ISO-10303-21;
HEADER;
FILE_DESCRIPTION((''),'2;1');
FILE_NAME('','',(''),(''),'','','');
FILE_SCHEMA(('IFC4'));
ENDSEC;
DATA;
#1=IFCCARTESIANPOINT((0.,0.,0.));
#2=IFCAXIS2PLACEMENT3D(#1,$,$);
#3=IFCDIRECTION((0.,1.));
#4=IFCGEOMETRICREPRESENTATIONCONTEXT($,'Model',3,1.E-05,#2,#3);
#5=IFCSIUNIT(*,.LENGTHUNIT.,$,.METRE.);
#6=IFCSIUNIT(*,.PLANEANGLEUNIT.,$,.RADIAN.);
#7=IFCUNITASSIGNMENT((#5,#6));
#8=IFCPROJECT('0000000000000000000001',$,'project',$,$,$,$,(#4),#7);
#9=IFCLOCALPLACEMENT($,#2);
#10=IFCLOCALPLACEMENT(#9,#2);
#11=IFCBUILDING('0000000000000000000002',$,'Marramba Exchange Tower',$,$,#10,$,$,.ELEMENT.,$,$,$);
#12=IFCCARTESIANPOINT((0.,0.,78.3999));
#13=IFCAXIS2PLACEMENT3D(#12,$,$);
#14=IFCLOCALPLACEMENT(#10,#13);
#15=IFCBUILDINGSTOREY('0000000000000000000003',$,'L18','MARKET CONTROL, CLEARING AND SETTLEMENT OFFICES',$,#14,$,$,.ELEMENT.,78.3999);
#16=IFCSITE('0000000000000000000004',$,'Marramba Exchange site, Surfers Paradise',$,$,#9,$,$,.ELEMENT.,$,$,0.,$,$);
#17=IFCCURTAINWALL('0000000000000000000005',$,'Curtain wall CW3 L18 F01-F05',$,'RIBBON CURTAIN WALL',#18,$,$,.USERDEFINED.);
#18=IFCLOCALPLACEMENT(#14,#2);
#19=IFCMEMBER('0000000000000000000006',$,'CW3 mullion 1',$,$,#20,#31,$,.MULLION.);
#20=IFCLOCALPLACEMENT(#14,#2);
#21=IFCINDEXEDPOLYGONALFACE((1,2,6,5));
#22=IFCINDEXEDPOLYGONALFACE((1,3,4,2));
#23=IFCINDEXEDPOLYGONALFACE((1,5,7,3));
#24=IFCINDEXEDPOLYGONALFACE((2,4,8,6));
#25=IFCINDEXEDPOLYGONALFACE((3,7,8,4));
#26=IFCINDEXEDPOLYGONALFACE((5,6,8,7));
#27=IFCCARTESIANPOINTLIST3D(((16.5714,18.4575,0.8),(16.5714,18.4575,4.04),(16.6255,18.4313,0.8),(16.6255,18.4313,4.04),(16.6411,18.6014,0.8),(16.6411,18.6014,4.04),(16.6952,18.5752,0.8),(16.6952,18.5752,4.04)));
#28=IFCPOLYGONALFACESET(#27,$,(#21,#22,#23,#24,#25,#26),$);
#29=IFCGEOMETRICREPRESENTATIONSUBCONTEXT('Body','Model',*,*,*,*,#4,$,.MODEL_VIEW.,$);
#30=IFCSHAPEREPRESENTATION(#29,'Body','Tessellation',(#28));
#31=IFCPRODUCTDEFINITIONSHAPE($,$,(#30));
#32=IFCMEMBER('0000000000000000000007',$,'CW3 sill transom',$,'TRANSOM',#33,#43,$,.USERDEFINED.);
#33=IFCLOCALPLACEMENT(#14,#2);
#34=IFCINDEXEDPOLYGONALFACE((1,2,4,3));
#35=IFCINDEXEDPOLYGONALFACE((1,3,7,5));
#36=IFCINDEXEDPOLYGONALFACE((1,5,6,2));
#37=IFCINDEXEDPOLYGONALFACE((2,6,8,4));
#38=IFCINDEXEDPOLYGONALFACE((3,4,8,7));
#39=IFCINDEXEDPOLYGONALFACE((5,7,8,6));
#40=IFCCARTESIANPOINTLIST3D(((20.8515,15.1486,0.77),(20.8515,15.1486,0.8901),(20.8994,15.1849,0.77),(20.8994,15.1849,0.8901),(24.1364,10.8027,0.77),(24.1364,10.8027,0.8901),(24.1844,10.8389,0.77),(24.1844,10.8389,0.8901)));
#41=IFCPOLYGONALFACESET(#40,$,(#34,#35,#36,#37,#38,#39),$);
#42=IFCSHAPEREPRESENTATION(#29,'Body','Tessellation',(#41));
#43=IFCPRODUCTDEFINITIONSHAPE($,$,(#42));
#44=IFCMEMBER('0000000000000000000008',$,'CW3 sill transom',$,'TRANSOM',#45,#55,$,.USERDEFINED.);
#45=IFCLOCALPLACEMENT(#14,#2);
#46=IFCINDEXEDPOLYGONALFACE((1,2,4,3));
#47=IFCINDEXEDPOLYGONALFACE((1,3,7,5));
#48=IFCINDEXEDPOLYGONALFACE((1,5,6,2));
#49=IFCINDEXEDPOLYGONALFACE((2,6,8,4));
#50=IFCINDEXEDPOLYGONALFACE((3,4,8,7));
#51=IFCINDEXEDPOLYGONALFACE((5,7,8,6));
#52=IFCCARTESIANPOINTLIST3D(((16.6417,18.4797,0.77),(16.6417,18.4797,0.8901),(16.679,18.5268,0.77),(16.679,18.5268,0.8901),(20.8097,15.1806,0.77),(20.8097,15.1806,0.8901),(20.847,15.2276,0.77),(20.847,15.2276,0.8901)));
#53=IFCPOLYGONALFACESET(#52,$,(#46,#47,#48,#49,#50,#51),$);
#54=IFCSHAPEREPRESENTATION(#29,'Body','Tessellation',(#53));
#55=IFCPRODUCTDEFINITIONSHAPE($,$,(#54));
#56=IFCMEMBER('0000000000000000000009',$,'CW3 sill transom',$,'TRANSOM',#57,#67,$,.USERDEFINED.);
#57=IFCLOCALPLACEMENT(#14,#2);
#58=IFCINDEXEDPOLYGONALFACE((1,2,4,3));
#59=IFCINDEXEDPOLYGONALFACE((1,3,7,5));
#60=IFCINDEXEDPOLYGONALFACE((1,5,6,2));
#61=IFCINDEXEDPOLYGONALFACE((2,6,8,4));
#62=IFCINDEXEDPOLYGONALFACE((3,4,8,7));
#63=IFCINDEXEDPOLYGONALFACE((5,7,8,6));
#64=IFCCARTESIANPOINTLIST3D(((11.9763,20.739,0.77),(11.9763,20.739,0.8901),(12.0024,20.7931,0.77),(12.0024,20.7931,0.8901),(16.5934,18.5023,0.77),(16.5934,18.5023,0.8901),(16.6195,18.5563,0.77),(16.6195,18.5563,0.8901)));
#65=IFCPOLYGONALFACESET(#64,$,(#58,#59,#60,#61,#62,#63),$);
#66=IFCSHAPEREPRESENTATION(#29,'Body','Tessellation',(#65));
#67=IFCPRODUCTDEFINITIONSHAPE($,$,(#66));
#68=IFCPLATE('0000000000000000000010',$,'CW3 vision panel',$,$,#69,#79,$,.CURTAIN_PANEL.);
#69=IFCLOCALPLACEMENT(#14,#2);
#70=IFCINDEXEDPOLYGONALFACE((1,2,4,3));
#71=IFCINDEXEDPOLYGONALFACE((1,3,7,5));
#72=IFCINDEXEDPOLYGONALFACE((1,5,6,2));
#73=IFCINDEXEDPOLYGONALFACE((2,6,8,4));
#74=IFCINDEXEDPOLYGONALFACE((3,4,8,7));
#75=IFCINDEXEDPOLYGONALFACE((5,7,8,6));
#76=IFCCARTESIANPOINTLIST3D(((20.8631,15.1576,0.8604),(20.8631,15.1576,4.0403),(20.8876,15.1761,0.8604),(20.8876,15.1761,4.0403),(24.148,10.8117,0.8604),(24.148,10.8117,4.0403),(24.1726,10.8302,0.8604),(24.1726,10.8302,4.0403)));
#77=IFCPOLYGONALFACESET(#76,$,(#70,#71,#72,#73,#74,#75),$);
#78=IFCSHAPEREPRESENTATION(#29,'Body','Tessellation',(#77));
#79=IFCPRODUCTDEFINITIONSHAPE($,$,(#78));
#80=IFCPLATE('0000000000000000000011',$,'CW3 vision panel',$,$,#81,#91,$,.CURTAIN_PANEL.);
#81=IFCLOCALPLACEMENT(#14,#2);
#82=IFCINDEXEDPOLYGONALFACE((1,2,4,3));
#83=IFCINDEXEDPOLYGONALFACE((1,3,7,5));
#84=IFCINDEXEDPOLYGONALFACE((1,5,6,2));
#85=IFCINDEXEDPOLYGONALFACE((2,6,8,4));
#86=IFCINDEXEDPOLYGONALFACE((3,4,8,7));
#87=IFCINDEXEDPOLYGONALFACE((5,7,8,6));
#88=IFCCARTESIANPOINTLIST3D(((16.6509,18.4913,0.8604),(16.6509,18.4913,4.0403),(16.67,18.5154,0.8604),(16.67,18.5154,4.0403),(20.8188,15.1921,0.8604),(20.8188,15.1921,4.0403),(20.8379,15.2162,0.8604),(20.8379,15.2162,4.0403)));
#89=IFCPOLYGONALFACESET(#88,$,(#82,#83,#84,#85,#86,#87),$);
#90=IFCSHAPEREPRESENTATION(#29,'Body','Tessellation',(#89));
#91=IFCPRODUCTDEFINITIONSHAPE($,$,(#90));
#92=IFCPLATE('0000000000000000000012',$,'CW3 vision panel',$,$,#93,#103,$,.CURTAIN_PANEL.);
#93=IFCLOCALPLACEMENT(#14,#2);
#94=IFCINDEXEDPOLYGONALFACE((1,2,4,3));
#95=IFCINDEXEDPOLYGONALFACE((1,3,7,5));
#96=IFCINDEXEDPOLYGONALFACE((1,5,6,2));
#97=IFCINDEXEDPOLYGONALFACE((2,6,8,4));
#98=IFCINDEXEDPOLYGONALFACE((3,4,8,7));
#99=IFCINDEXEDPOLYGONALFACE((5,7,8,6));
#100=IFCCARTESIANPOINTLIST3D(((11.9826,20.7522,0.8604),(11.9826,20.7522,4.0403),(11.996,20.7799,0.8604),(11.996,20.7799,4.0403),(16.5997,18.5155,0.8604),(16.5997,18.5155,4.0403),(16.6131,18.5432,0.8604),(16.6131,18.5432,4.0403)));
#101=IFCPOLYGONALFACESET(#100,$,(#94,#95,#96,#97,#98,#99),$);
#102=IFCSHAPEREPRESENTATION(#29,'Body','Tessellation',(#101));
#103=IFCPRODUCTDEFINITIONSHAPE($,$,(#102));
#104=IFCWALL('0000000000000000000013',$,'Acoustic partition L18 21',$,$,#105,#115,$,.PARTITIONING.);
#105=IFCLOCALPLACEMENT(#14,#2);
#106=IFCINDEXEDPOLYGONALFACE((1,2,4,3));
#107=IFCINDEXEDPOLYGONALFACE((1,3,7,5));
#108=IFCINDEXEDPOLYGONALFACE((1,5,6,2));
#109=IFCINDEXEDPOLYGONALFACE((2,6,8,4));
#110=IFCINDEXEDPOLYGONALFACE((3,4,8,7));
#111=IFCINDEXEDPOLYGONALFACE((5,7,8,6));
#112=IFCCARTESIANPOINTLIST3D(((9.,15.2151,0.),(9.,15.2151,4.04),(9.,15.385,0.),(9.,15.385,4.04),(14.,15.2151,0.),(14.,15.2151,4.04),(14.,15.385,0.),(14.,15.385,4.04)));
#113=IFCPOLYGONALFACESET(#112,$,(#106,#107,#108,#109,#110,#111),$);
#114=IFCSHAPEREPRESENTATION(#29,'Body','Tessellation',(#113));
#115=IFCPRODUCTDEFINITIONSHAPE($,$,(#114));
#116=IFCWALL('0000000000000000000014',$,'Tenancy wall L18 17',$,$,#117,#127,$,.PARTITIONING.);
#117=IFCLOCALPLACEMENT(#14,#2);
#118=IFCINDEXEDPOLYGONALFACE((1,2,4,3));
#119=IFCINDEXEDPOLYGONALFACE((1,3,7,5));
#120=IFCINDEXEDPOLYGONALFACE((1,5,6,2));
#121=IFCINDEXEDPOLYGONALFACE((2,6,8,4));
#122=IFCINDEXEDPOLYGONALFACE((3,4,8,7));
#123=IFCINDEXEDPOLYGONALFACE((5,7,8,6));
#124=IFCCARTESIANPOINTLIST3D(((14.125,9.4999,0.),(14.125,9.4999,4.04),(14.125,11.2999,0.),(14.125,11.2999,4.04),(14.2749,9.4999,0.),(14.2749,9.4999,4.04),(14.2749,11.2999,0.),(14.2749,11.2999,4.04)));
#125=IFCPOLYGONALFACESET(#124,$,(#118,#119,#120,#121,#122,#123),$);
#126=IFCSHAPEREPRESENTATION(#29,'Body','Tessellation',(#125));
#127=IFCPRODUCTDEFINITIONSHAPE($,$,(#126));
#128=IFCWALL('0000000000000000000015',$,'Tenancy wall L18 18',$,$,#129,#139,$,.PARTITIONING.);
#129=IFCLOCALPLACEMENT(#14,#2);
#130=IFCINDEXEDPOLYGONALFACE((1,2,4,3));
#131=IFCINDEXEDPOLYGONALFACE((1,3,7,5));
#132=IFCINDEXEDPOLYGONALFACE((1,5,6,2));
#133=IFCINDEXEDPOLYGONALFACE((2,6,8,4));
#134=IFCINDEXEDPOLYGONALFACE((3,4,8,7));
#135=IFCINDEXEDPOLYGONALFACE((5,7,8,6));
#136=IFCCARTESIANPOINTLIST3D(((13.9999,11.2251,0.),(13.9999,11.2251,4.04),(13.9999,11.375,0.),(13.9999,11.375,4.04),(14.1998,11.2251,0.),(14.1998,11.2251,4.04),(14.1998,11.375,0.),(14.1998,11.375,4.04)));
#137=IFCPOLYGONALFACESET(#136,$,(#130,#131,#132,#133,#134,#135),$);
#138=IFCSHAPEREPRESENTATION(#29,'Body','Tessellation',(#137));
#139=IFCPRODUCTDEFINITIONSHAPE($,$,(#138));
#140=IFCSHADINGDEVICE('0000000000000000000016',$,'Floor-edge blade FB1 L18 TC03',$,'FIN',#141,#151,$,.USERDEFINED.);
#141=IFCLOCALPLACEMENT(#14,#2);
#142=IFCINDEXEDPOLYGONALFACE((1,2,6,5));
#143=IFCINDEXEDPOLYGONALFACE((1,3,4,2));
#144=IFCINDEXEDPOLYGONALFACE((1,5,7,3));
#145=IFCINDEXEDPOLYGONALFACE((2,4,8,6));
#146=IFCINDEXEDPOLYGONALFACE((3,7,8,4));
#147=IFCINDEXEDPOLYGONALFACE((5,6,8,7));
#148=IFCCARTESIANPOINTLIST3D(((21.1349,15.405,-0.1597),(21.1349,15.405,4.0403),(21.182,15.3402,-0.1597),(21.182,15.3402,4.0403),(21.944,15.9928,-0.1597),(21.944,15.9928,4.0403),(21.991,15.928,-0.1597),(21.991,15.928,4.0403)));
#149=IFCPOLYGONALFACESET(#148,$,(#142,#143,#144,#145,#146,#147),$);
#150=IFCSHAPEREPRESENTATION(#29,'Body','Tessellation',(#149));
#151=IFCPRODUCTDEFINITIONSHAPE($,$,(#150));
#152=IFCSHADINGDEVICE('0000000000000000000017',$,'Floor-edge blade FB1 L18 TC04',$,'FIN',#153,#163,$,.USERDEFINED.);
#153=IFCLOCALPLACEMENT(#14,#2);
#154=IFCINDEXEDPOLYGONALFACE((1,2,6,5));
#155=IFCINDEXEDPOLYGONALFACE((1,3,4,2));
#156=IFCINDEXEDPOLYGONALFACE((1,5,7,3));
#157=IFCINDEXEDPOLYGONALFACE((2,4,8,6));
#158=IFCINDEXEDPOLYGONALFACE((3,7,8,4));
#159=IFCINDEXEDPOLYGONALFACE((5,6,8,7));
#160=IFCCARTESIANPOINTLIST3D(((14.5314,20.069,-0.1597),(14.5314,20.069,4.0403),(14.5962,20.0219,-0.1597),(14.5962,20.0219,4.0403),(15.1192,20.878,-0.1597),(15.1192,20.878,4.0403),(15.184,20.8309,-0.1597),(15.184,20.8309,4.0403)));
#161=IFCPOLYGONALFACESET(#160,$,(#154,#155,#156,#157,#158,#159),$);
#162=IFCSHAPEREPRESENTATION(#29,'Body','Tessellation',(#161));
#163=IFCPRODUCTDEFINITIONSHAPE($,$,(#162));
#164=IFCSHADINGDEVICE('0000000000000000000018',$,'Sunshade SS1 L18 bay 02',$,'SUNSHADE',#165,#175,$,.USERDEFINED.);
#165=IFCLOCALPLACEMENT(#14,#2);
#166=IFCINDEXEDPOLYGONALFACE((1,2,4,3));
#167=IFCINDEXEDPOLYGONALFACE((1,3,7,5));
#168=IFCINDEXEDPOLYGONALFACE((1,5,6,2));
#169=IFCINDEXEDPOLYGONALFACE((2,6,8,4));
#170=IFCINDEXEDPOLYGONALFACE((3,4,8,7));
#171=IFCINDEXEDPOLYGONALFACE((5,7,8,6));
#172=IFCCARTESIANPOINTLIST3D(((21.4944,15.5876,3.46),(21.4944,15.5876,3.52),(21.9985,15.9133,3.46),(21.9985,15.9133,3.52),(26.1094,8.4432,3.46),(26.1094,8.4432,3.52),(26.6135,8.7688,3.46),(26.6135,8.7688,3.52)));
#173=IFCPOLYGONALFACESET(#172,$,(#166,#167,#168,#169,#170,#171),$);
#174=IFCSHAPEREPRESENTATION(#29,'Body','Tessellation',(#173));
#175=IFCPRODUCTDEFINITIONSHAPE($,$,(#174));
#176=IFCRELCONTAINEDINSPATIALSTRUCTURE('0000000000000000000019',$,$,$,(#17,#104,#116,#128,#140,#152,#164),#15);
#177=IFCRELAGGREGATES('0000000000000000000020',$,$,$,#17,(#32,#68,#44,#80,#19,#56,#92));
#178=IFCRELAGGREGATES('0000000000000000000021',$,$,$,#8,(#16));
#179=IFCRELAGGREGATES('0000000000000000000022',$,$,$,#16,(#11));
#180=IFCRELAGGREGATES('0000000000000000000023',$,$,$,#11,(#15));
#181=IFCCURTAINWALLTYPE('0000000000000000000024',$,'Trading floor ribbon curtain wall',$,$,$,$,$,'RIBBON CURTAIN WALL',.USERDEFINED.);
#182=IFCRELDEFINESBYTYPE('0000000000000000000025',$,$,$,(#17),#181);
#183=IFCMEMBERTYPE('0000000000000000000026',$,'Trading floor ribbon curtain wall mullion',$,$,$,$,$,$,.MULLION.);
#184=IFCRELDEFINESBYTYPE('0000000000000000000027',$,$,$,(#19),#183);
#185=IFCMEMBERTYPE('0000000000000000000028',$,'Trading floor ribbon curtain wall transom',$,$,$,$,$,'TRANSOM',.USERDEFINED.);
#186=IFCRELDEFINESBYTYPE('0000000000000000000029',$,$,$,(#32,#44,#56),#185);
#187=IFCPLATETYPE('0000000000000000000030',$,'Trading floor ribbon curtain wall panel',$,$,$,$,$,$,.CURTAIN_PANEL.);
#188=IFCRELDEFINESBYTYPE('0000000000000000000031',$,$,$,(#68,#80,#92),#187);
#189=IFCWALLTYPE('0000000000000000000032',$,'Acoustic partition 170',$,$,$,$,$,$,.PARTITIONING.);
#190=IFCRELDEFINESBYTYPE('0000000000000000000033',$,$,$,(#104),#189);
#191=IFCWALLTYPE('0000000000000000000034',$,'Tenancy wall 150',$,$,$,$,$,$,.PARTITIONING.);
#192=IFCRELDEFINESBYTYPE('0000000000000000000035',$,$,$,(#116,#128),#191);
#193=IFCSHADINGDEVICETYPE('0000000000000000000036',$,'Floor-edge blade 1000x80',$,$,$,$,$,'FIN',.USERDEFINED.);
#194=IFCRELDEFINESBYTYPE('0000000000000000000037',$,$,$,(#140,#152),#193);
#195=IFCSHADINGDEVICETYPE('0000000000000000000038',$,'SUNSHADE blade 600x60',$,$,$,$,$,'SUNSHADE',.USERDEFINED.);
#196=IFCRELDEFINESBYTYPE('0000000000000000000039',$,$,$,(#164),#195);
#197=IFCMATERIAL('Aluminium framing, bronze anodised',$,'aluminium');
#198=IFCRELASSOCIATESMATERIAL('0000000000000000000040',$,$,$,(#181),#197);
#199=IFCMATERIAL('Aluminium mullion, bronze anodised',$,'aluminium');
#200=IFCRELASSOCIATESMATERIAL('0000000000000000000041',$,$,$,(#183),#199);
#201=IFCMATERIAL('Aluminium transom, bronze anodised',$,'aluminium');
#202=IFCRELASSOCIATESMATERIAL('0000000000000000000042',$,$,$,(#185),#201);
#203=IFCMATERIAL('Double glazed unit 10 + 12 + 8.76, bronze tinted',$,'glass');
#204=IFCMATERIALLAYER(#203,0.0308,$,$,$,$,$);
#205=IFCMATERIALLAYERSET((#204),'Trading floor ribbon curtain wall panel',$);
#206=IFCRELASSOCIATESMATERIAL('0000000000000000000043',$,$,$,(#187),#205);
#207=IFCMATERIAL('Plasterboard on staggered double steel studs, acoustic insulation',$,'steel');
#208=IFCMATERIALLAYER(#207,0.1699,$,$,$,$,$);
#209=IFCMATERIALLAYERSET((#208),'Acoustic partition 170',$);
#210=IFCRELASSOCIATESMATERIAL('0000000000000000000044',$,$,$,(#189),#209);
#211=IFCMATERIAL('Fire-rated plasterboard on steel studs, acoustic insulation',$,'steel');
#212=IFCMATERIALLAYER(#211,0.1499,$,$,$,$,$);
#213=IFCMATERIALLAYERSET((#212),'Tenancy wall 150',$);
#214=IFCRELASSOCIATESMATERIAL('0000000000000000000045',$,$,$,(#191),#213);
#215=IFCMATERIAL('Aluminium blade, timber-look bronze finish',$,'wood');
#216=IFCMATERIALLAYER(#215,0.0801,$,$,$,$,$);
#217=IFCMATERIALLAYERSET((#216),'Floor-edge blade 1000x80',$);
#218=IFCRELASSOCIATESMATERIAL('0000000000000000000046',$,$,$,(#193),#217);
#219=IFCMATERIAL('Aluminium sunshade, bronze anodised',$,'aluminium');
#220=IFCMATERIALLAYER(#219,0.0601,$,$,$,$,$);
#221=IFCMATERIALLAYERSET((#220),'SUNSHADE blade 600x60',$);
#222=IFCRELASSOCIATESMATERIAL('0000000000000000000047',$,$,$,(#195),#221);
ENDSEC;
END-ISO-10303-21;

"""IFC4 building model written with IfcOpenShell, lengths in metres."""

from ifc_helpers import new_model, si_unit, direction, frame, frame_2d, origin, origin_2d, place, context, subcontext, project, spatial, rectangle, extrude, material, layer, layer_set, material_profile, profile_set, type_object, element, aggregate, save


model = new_model("IFC4")

# Units and contexts
model_context = context("Model", 3, precision=1e-05, world=origin(), true_north=direction((0.0, 1.0)))
body_context = subcontext(model_context, "Body", "Model", "MODEL_VIEW")
ifc_project = project(units=[si_unit("LENGTHUNIT", "METRE"), si_unit("PLANEANGLEUNIT", "RADIAN")], contexts=[model_context])

# Site, building, storey
site_placement = place(None, origin())
site = spatial("IfcSite", under=ifc_project, at=site_placement, Name="Marramba Exchange site, Surfers Paradise", CompositionType="ELEMENT", RefElevation=0.0)
building_placement = place(site_placement, origin())
building = spatial("IfcBuilding", under=site, at=building_placement, Name="Marramba Exchange Tower", CompositionType="ELEMENT")
storey_placement = place(building_placement, frame((0.0, 0.0, 78.3999)))
storey = spatial("IfcBuildingStorey", under=building, at=storey_placement, Name="L18", Description="MARKET CONTROL, CLEARING AND SETTLEMENT OFFICES", CompositionType="ELEMENT", Elevation=78.3999)

# Curtain wall, members, plates
ifc_material_1 = material(Name="Aluminium framing, bronze anodised", Category="aluminium")
curtain_wall_type = type_object("IfcCurtainWallType", Name="Trading floor ribbon curtain wall", ElementType="RIBBON CURTAIN WALL", PredefinedType="USERDEFINED", material=ifc_material_1)
curtain_wall_placement = place(storey_placement, origin())
curtain_wall = element("IfcCurtainWall", 1, at=curtain_wall_placement, inside=storey, type_object=curtain_wall_type, Name="Curtain wall CW3 L18 F01-F05", ObjectType="RIBBON CURTAIN WALL", PredefinedType="USERDEFINED")
ifc_material_2 = material(Name="Aluminium mullion, bronze anodised", Category="aluminium")
ifc_material_profile_1 = material_profile(ifc_material_2, rectangle(XDim=0.1599, YDim=0.0601, at=origin_2d()), Name="CW3 mullion 60x160")
ifc_profile_set_1 = profile_set([ifc_material_profile_1], Name="Aluminium mullion, bronze anodised")
member_type_1 = type_object("IfcMemberType", Name="Trading floor ribbon curtain wall mullion", PredefinedType="MULLION", material=ifc_profile_set_1)
member_1_placement = place(storey_placement, frame((16.6333, 18.5164, 0.8), z_axis=(0.0, 0.0, 1.0), x_axis=(-0.435965, -0.899963, 0.0)))
member_1 = element("IfcMember", 2, at=member_1_placement, type_object=member_type_1, Name="CW3 mullion 1", PredefinedType="MULLION", context=body_context, shape_type="SweptSolid", body=[
    extrude(rectangle(XDim=0.1599, YDim=0.0601, at=origin_2d()), origin(), (0.0, 0.0, 1.0), 3.24),
])
ifc_material_3 = material(Name="Aluminium transom, bronze anodised", Category="aluminium")
ifc_material_profile_2 = material_profile(ifc_material_3, rectangle(XDim=0.0601, YDim=0.1201, at=origin_2d()), Name="CW3 transom 60x120")
ifc_profile_set_2 = profile_set([ifc_material_profile_2], Name="Aluminium transom, bronze anodised")
member_type_2 = type_object("IfcMemberType", Name="Trading floor ribbon curtain wall transom", ElementType="TRANSOM", PredefinedType="USERDEFINED", material=ifc_profile_set_2)
member_2_placement = place(storey_placement, frame((24.1604, 10.8208, 0.8301), z_axis=(-0.602986, 0.797752, 0.0), x_axis=(-0.797752, -0.602986, 0.0)))
member_2 = element("IfcMember", 3, at=member_2_placement, type_object=member_type_2, Name="CW3 sill transom", ObjectType="TRANSOM", PredefinedType="USERDEFINED", context=body_context, shape_type="SweptSolid", body=[
    extrude(rectangle(XDim=0.0601, YDim=0.1201, at=origin_2d()), origin(), (0.0, 0.0, 1.0), 5.4478),
])
member_3_placement = place(storey_placement, frame((20.8284, 15.2041, 0.8301), z_axis=(-0.784098, 0.620637, 0.0), x_axis=(-0.620637, -0.784098, 0.0)))
member_3 = element("IfcMember", 4, at=member_3_placement, type_object=member_type_2, Name="CW3 sill transom", ObjectType="TRANSOM", PredefinedType="USERDEFINED", context=body_context, shape_type="SweptSolid", body=[
    extrude(rectangle(XDim=0.0601, YDim=0.1201, at=origin_2d()), origin(), (0.0, 0.0, 1.0), 5.3157),
])
member_4_placement = place(storey_placement, frame((16.6064, 18.5293, 0.8301), z_axis=(-0.899953, 0.435986, 0.0), x_axis=(-0.435986, -0.899953, 0.0)))
member_4 = element("IfcMember", 5, at=member_4_placement, type_object=member_type_2, Name="CW3 sill transom", ObjectType="TRANSOM", PredefinedType="USERDEFINED", context=body_context, shape_type="SweptSolid", body=[
    extrude(rectangle(XDim=0.0601, YDim=0.1201, at=origin_2d()), origin(), (0.0, 0.0, 1.0), 5.1304),
])
ifc_material_4 = material(Name="Double glazed unit 10 + 12 + 8.76, bronze tinted", Category="glass")
ifc_layer_1 = layer(ifc_material_4, 0.0308)
ifc_layer_set_1 = layer_set([ifc_layer_1], Name="Trading floor ribbon curtain wall panel")
plate_type = type_object("IfcPlateType", Name="Trading floor ribbon curtain wall panel", PredefinedType="CURTAIN_PANEL", material=ifc_layer_set_1)
plate_1_placement = place(storey_placement, frame((22.5178, 12.9939, 0.8604), z_axis=(0.0, 0.0, 1.0), x_axis=(-0.60299, 0.797749, 0.0)))
plate_1 = element("IfcPlate", 6, at=plate_1_placement, type_object=plate_type, Name="CW3 vision panel", PredefinedType="CURTAIN_PANEL", context=body_context, shape_type="SweptSolid", body=[
    extrude(rectangle(XDim=5.4478, YDim=0.0308, at=origin_2d()), origin(), (0.0, 0.0, 1.0), 3.1799),
])
plate_2_placement = place(storey_placement, frame((18.7444, 16.8538, 0.8604), z_axis=(0.0, 0.0, 1.0), x_axis=(-0.784088, 0.62065, 0.0)))
plate_2 = element("IfcPlate", 7, at=plate_2_placement, type_object=plate_type, Name="CW3 vision panel", PredefinedType="CURTAIN_PANEL", context=body_context, shape_type="SweptSolid", body=[
    extrude(rectangle(XDim=5.3157, YDim=0.0308, at=origin_2d()), origin(), (0.0, 0.0, 1.0), 3.1799),
])
plate_3_placement = place(storey_placement, frame((14.2979, 19.6477, 0.8604), z_axis=(0.0, 0.0, 1.0), x_axis=(-0.899963, 0.435965, 0.0)))
plate_3 = element("IfcPlate", 8, at=plate_3_placement, type_object=plate_type, Name="CW3 vision panel", PredefinedType="CURTAIN_PANEL", context=body_context, shape_type="SweptSolid", body=[
    extrude(rectangle(XDim=5.1304, YDim=0.0308, at=origin_2d()), origin(), (0.0, 0.0, 1.0), 3.1799),
])
aggregate(curtain_wall, [member_2, plate_1, member_3, plate_2, member_1, member_4, plate_3])

# Shared definitions
ifc_material_5 = material(Name="Plasterboard on staggered double steel studs, acoustic insulation", Category="steel")
ifc_layer_2 = layer(ifc_material_5, 0.1699)
ifc_layer_set_2 = layer_set([ifc_layer_2], Name="Acoustic partition 170")
wall_type_1 = type_object("IfcWallType", Name="Acoustic partition 170", PredefinedType="PARTITIONING", material=ifc_layer_set_2)

# Walls
wall_1_placement = place(storey_placement, frame((14.0, 15.3, 0.0), z_axis=(0.0, 0.0, 1.0), x_axis=(-1.0, 0.0, 0.0)))
element("IfcWall", 9, at=wall_1_placement, inside=storey, type_object=wall_type_1, Name="Acoustic partition L18 21", PredefinedType="PARTITIONING", context=body_context, shape_type="SweptSolid", body=[
    extrude(rectangle(XDim=5.0, YDim=0.1699, at=frame_2d((2.5, 0.0))), origin(), (0.0, 0.0, 1.0), 4.04),
])
ifc_material_6 = material(Name="Fire-rated plasterboard on steel studs, acoustic insulation", Category="steel")
ifc_layer_3 = layer(ifc_material_6, 0.1499)
ifc_layer_set_3 = layer_set([ifc_layer_3], Name="Tenancy wall 150")
wall_type_2 = type_object("IfcWallType", Name="Tenancy wall 150", PredefinedType="PARTITIONING", material=ifc_layer_set_3)
wall_2_placement = place(storey_placement, frame((14.2, 9.5, 0.0), z_axis=(0.0, 0.0, 1.0), x_axis=(0.0, 1.0, 0.0)))
element("IfcWall", 10, at=wall_2_placement, inside=storey, type_object=wall_type_2, Name="Tenancy wall L18 17", PredefinedType="PARTITIONING", context=body_context, shape_type="SweptSolid", body=[
    extrude(rectangle(XDim=1.8, YDim=0.1499, at=frame_2d((0.8999, 0.0))), origin(), (0.0, 0.0, 1.0), 4.04),
])
wall_3_placement = place(storey_placement, frame((14.2, 11.3, 0.0), z_axis=(0.0, 0.0, 1.0), x_axis=(-1.0, 0.0, 0.0)))
element("IfcWall", 11, at=wall_3_placement, inside=storey, type_object=wall_type_2, Name="Tenancy wall L18 18", PredefinedType="PARTITIONING", context=body_context, shape_type="SweptSolid", body=[
    extrude(rectangle(XDim=0.2, YDim=0.1499, at=frame_2d((0.1001, 0.0))), origin(), (0.0, 0.0, 1.0), 4.04),
])

# Shading devices
ifc_material_7 = material(Name="Aluminium blade, timber-look bronze finish", Category="wood")
ifc_layer_4 = layer(ifc_material_7, 0.0801)
ifc_layer_set_4 = layer_set([ifc_layer_4], Name="Floor-edge blade 1000x80")
shading_device_type_1 = type_object("IfcShadingDeviceType", Name="Floor-edge blade 1000x80", ElementType="FIN", PredefinedType="USERDEFINED", material=ifc_layer_set_4)
for number, where, z_axis, x_axis, name in (
    (12, (21.563, 15.6665, -0.1597), (0.0, 0.0, 1.0), (0.809017, 0.587785, 0.0), "Floor-edge blade FB1 L18 TC03"),
    (13, (14.8577, 20.45, -0.1597), (0.0, 0.0, 1.0), (0.587785, 0.809017, 0.0), "Floor-edge blade FB1 L18 TC04"),
):
    element("IfcShadingDevice", number, at=place(storey_placement, frame(where, z_axis=z_axis, x_axis=x_axis)), inside=storey, type_object=shading_device_type_1, Name=name, ObjectType="FIN", PredefinedType="USERDEFINED", context=body_context, shape_type="SweptSolid", body=[
        extrude(rectangle(XDim=1.0, YDim=0.0801, at=origin_2d()), origin(), (0.0, 0.0, 1.0), 4.2),
    ])
ifc_material_8 = material(Name="Aluminium sunshade, bronze anodised", Category="aluminium")
ifc_layer_5 = layer(ifc_material_8, 0.0601)
ifc_layer_set_5 = layer_set([ifc_layer_5], Name="SUNSHADE blade 600x60")
shading_device_type_2 = type_object("IfcShadingDeviceType", Name="SUNSHADE blade 600x60", ElementType="SUNSHADE", PredefinedType="USERDEFINED", material=ifc_layer_set_5)
shading_device_1_placement = place(storey_placement, frame((24.054, 12.1782, 3.46), z_axis=(0.0, 0.0, 1.0), x_axis=(-0.542597, 0.839993, 0.0)))
element("IfcShadingDevice", 14, at=shading_device_1_placement, inside=storey, type_object=shading_device_type_2, Name="Sunshade SS1 L18 bay 02", ObjectType="SUNSHADE", PredefinedType="USERDEFINED", context=body_context, shape_type="SweptSolid", body=[
    extrude(rectangle(XDim=8.5054, YDim=0.6001, at=origin_2d()), origin(), (0.0, 0.0, 1.0), 0.0601),
])

save(model, "model.ifc")
